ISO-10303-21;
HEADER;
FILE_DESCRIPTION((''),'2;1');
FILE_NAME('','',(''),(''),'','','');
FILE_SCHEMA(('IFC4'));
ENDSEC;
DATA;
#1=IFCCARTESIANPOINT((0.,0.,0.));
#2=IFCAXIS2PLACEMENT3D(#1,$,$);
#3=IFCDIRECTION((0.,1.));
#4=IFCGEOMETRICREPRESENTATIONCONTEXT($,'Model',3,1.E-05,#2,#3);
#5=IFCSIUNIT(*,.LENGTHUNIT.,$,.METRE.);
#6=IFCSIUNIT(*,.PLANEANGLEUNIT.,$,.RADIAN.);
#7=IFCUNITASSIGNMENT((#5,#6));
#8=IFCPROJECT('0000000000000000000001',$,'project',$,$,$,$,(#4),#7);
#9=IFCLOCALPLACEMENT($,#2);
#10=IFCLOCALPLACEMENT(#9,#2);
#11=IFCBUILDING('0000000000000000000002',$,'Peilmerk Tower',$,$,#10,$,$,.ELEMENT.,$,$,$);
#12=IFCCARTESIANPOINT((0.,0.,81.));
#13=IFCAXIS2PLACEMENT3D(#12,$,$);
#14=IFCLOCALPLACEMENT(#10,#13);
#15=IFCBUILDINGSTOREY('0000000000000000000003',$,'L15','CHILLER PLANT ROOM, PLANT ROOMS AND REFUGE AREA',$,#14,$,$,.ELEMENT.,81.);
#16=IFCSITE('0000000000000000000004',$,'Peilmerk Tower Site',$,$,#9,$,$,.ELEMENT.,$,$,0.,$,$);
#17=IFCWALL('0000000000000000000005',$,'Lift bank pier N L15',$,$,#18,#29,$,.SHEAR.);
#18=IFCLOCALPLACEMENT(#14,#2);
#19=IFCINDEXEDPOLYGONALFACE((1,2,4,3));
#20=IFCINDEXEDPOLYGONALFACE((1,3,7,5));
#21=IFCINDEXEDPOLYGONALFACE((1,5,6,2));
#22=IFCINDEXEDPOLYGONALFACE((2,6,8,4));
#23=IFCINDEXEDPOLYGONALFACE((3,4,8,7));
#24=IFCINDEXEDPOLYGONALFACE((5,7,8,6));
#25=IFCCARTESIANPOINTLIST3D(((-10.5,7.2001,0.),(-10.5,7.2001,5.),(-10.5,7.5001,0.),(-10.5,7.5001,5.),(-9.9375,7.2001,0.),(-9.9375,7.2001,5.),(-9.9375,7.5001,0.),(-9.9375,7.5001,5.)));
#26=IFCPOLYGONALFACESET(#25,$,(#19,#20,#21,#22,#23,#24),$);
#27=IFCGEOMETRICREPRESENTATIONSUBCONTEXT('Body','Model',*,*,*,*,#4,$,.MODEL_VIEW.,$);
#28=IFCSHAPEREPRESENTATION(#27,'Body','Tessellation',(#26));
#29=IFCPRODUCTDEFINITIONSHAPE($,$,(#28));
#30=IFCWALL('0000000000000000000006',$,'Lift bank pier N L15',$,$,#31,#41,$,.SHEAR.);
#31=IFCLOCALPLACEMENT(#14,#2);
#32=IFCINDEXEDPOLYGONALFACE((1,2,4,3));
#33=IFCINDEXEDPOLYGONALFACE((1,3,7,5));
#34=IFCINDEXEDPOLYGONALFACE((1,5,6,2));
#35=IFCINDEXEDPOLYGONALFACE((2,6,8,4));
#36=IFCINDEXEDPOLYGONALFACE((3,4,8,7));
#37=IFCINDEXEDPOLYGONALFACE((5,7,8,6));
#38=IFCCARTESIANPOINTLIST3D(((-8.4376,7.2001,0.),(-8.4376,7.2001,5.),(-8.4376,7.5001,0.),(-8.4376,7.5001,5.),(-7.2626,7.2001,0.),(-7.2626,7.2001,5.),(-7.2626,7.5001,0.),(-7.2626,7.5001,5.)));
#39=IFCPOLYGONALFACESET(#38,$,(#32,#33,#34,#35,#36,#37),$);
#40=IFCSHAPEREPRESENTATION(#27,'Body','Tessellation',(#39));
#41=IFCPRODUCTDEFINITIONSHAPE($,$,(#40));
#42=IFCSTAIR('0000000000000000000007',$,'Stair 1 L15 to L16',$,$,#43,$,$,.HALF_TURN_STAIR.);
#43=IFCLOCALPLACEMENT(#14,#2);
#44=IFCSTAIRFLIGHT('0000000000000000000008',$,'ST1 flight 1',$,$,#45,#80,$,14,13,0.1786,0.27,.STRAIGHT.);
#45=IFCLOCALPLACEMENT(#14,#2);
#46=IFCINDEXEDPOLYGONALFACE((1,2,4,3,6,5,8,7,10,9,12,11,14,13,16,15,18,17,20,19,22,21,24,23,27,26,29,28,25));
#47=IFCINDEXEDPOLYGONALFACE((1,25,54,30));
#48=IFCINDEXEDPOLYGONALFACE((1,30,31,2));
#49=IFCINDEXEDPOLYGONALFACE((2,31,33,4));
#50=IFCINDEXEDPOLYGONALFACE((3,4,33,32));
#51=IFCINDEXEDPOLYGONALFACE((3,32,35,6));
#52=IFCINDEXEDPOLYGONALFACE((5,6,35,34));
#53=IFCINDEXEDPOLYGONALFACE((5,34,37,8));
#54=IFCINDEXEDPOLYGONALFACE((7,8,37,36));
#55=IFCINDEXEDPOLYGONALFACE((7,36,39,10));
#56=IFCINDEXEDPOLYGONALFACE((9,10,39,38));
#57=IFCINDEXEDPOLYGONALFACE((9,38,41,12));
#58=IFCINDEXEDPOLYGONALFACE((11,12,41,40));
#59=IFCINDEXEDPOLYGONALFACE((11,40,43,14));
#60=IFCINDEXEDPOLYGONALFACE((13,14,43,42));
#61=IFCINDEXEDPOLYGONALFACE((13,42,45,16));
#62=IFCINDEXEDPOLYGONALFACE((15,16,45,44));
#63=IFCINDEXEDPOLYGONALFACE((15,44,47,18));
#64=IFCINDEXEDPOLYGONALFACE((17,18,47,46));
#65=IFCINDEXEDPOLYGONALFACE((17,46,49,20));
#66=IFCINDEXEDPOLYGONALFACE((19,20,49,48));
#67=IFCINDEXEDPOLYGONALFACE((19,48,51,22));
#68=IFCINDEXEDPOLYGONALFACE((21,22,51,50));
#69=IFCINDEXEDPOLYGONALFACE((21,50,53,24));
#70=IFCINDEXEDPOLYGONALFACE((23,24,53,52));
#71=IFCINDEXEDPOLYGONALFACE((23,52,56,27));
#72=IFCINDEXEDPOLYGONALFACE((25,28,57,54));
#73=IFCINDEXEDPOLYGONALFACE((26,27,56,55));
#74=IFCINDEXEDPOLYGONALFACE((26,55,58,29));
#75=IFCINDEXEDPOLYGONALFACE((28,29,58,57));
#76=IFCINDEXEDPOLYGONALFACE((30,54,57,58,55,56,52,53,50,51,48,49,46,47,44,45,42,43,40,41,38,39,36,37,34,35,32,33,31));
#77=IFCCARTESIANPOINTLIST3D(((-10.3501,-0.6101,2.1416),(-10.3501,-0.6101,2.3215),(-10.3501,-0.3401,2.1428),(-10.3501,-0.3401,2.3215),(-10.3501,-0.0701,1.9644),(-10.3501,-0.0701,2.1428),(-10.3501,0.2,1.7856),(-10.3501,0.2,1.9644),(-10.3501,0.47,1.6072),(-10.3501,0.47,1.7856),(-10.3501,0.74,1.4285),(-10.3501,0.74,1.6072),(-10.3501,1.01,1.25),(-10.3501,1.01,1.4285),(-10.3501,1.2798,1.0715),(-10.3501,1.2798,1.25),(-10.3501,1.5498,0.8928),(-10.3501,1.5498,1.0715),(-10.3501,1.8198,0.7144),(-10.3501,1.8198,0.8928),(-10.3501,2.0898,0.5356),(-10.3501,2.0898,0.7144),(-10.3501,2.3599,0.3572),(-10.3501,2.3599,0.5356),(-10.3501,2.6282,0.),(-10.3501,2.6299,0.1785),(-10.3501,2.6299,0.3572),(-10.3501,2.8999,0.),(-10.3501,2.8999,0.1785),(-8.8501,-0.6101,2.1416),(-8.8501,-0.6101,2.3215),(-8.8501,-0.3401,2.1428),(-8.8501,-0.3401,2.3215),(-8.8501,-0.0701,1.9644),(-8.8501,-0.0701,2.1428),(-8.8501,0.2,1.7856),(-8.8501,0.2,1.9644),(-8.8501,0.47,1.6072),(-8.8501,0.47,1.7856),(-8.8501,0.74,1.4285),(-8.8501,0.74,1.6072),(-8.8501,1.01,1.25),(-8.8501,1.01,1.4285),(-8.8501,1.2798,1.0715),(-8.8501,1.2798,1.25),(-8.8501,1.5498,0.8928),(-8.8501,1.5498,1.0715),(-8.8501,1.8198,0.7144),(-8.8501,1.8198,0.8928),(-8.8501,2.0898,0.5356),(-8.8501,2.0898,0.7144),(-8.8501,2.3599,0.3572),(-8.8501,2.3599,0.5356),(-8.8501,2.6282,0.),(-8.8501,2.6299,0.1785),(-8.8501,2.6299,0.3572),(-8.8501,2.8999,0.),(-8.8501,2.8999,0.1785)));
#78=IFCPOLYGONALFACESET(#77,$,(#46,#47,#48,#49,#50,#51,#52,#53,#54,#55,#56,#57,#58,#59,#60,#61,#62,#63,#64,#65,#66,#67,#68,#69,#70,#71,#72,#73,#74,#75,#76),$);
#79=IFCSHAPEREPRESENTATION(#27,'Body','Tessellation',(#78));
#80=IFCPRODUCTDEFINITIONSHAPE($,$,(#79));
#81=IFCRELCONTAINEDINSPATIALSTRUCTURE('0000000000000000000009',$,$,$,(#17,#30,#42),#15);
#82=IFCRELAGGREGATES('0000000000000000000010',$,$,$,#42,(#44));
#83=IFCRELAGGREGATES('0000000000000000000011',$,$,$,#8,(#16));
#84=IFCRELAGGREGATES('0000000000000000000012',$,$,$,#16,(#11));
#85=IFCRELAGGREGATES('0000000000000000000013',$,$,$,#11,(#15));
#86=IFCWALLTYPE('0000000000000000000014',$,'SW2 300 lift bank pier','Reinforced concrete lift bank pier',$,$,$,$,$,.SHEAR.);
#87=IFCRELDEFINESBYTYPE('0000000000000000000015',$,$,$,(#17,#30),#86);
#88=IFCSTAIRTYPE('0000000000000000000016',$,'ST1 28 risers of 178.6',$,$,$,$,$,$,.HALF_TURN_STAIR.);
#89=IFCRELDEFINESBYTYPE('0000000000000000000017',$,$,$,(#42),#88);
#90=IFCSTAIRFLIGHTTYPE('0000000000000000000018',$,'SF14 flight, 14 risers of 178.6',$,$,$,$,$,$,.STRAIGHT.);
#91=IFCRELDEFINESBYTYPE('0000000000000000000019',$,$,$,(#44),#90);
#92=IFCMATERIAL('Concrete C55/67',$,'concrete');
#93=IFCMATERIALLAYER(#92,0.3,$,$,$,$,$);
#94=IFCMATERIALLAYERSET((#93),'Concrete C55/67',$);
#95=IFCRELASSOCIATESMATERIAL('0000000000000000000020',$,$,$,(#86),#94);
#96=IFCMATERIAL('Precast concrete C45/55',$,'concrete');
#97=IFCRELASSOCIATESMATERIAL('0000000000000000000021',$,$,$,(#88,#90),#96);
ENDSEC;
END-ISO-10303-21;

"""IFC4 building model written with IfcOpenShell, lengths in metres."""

from ifc_helpers import new_model, si_unit, direction, frame, frame_2d, origin, place, context, subcontext, project, spatial, polyline, rectangle, outline, extrude, material, layer, layer_set, type_object, element, aggregate, save


model = new_model("IFC4")

# Units and contexts
model_context = context("Model", 3, precision=1e-05, world=origin(), true_north=direction((0.0, 1.0)))
body_context = subcontext(model_context, "Body", "Model", "MODEL_VIEW")
ifc_project = project(units=[si_unit("LENGTHUNIT", "METRE"), si_unit("PLANEANGLEUNIT", "RADIAN")], contexts=[model_context])

# Site, building, storey
site_placement = place(None, origin())
site = spatial("IfcSite", under=ifc_project, at=site_placement, Name="Peilmerk Tower Site", CompositionType="ELEMENT", RefElevation=0.0)
building_placement = place(site_placement, origin())
building = spatial("IfcBuilding", under=site, at=building_placement, Name="Peilmerk Tower", CompositionType="ELEMENT")
storey_placement = place(building_placement, frame((0.0, 0.0, 81.0)))
storey = spatial("IfcBuildingStorey", under=building, at=storey_placement, Name="L15", Description="CHILLER PLANT ROOM, PLANT ROOMS AND REFUGE AREA", CompositionType="ELEMENT", Elevation=81.0)

# Walls
ifc_material_1 = material(Name="Concrete C55/67", Category="concrete")
ifc_layer_1 = layer(ifc_material_1, 0.3)
ifc_layer_set_1 = layer_set([ifc_layer_1], Name="Concrete C55/67")
wall_type_1 = type_object("IfcWallType", Name="SW2 300 lift bank pier", Description="Reinforced concrete lift bank pier", PredefinedType="SHEAR", material=ifc_layer_set_1)
wall_1_placement = place(storey_placement, frame((-10.5, 7.3501, 0.0), z_axis=(0.0, 0.0, 1.0), x_axis=(1.0, 0.0, 0.0)))
element("IfcWall", 1, at=wall_1_placement, inside=storey, type_object=wall_type_1, Name="Lift bank pier N L15", PredefinedType="SHEAR", context=body_context, shape_type="SweptSolid", body=[
    extrude(rectangle(XDim=0.5625, YDim=0.3, at=frame_2d((0.2812, 0.0))), origin(), (0.0, 0.0, 1.0), 5.0),
])
wall_2_placement = place(storey_placement, frame((-8.4375, 7.3501, 0.0), z_axis=(0.0, 0.0, 1.0), x_axis=(1.0, 0.0, 0.0)))
element("IfcWall", 2, at=wall_2_placement, inside=storey, type_object=wall_type_1, Name="Lift bank pier N L15", PredefinedType="SHEAR", context=body_context, shape_type="SweptSolid", body=[
    extrude(rectangle(XDim=1.175, YDim=0.3, at=frame_2d((0.5874, 0.0))), origin(), (0.0, 0.0, 1.0), 5.0),
])

# Stair, stair flight
ifc_material_2 = material(Name="Precast concrete C45/55", Category="concrete")
stair_type = type_object("IfcStairType", Name="ST1 28 risers of 178.6", PredefinedType="HALF_TURN_STAIR", material=ifc_material_2)
stair_placement = place(storey_placement, origin())
stair = element("IfcStair", 3, at=stair_placement, inside=storey, type_object=stair_type, Name="Stair 1 L15 to L16", PredefinedType="HALF_TURN_STAIR")
stair_flight_type = type_object("IfcStairFlightType", Name="SF14 flight, 14 risers of 178.6", PredefinedType="STRAIGHT", material=ifc_material_2)
stair_flight_placement = place(storey_placement, frame((-9.6001, 2.8999, 0.0), z_axis=(0.0, 0.0, 1.0), x_axis=(0.0, -1.0, 0.0)))
stair_flight = element("IfcStairFlight", 4, at=stair_flight_placement, type_object=stair_flight_type, Name="ST1 flight 1", NumberOfRisers=14, NumberOfTreads=13, PredefinedType="STRAIGHT", RiserHeight=0.1786, TreadLength=0.27, context=body_context, shape_type="SweptSolid", body=[
    extrude(outline(polyline([(0.0, 0.0), (0.0, 0.1785), (0.27, 0.1785), (0.27, 0.3572), (0.54, 0.3572), (0.54, 0.5356), (0.8101, 0.5356), (0.8101, 0.7144), (1.0801, 0.7144), (1.0801, 0.8928), (1.3501, 0.8928), (1.3501, 1.0715), (1.6201, 1.0715), (1.6201, 1.25), (1.8899, 1.25), (1.8899, 1.4285), (2.1599, 1.4285), (2.1599, 1.6072), (2.4299, 1.6072), (2.4299, 1.7856), (2.7, 1.7856), (2.7, 1.9644), (2.97, 1.9644), (2.97, 2.1428), (3.24, 2.1428), (3.24, 2.3215), (3.51, 2.3215), (3.51, 2.5), (3.51, 2.1416), (0.2717, 0.0), (0.0, 0.0)])), frame((0.0, 0.75, 0.0), z_axis=(0.0, -1.0, 0.0), x_axis=(1.0, 0.0, 0.0)), (0.0, 0.0, 1.0), 1.5),
])
aggregate(stair, [stair_flight])

save(model, "model.ifc")
